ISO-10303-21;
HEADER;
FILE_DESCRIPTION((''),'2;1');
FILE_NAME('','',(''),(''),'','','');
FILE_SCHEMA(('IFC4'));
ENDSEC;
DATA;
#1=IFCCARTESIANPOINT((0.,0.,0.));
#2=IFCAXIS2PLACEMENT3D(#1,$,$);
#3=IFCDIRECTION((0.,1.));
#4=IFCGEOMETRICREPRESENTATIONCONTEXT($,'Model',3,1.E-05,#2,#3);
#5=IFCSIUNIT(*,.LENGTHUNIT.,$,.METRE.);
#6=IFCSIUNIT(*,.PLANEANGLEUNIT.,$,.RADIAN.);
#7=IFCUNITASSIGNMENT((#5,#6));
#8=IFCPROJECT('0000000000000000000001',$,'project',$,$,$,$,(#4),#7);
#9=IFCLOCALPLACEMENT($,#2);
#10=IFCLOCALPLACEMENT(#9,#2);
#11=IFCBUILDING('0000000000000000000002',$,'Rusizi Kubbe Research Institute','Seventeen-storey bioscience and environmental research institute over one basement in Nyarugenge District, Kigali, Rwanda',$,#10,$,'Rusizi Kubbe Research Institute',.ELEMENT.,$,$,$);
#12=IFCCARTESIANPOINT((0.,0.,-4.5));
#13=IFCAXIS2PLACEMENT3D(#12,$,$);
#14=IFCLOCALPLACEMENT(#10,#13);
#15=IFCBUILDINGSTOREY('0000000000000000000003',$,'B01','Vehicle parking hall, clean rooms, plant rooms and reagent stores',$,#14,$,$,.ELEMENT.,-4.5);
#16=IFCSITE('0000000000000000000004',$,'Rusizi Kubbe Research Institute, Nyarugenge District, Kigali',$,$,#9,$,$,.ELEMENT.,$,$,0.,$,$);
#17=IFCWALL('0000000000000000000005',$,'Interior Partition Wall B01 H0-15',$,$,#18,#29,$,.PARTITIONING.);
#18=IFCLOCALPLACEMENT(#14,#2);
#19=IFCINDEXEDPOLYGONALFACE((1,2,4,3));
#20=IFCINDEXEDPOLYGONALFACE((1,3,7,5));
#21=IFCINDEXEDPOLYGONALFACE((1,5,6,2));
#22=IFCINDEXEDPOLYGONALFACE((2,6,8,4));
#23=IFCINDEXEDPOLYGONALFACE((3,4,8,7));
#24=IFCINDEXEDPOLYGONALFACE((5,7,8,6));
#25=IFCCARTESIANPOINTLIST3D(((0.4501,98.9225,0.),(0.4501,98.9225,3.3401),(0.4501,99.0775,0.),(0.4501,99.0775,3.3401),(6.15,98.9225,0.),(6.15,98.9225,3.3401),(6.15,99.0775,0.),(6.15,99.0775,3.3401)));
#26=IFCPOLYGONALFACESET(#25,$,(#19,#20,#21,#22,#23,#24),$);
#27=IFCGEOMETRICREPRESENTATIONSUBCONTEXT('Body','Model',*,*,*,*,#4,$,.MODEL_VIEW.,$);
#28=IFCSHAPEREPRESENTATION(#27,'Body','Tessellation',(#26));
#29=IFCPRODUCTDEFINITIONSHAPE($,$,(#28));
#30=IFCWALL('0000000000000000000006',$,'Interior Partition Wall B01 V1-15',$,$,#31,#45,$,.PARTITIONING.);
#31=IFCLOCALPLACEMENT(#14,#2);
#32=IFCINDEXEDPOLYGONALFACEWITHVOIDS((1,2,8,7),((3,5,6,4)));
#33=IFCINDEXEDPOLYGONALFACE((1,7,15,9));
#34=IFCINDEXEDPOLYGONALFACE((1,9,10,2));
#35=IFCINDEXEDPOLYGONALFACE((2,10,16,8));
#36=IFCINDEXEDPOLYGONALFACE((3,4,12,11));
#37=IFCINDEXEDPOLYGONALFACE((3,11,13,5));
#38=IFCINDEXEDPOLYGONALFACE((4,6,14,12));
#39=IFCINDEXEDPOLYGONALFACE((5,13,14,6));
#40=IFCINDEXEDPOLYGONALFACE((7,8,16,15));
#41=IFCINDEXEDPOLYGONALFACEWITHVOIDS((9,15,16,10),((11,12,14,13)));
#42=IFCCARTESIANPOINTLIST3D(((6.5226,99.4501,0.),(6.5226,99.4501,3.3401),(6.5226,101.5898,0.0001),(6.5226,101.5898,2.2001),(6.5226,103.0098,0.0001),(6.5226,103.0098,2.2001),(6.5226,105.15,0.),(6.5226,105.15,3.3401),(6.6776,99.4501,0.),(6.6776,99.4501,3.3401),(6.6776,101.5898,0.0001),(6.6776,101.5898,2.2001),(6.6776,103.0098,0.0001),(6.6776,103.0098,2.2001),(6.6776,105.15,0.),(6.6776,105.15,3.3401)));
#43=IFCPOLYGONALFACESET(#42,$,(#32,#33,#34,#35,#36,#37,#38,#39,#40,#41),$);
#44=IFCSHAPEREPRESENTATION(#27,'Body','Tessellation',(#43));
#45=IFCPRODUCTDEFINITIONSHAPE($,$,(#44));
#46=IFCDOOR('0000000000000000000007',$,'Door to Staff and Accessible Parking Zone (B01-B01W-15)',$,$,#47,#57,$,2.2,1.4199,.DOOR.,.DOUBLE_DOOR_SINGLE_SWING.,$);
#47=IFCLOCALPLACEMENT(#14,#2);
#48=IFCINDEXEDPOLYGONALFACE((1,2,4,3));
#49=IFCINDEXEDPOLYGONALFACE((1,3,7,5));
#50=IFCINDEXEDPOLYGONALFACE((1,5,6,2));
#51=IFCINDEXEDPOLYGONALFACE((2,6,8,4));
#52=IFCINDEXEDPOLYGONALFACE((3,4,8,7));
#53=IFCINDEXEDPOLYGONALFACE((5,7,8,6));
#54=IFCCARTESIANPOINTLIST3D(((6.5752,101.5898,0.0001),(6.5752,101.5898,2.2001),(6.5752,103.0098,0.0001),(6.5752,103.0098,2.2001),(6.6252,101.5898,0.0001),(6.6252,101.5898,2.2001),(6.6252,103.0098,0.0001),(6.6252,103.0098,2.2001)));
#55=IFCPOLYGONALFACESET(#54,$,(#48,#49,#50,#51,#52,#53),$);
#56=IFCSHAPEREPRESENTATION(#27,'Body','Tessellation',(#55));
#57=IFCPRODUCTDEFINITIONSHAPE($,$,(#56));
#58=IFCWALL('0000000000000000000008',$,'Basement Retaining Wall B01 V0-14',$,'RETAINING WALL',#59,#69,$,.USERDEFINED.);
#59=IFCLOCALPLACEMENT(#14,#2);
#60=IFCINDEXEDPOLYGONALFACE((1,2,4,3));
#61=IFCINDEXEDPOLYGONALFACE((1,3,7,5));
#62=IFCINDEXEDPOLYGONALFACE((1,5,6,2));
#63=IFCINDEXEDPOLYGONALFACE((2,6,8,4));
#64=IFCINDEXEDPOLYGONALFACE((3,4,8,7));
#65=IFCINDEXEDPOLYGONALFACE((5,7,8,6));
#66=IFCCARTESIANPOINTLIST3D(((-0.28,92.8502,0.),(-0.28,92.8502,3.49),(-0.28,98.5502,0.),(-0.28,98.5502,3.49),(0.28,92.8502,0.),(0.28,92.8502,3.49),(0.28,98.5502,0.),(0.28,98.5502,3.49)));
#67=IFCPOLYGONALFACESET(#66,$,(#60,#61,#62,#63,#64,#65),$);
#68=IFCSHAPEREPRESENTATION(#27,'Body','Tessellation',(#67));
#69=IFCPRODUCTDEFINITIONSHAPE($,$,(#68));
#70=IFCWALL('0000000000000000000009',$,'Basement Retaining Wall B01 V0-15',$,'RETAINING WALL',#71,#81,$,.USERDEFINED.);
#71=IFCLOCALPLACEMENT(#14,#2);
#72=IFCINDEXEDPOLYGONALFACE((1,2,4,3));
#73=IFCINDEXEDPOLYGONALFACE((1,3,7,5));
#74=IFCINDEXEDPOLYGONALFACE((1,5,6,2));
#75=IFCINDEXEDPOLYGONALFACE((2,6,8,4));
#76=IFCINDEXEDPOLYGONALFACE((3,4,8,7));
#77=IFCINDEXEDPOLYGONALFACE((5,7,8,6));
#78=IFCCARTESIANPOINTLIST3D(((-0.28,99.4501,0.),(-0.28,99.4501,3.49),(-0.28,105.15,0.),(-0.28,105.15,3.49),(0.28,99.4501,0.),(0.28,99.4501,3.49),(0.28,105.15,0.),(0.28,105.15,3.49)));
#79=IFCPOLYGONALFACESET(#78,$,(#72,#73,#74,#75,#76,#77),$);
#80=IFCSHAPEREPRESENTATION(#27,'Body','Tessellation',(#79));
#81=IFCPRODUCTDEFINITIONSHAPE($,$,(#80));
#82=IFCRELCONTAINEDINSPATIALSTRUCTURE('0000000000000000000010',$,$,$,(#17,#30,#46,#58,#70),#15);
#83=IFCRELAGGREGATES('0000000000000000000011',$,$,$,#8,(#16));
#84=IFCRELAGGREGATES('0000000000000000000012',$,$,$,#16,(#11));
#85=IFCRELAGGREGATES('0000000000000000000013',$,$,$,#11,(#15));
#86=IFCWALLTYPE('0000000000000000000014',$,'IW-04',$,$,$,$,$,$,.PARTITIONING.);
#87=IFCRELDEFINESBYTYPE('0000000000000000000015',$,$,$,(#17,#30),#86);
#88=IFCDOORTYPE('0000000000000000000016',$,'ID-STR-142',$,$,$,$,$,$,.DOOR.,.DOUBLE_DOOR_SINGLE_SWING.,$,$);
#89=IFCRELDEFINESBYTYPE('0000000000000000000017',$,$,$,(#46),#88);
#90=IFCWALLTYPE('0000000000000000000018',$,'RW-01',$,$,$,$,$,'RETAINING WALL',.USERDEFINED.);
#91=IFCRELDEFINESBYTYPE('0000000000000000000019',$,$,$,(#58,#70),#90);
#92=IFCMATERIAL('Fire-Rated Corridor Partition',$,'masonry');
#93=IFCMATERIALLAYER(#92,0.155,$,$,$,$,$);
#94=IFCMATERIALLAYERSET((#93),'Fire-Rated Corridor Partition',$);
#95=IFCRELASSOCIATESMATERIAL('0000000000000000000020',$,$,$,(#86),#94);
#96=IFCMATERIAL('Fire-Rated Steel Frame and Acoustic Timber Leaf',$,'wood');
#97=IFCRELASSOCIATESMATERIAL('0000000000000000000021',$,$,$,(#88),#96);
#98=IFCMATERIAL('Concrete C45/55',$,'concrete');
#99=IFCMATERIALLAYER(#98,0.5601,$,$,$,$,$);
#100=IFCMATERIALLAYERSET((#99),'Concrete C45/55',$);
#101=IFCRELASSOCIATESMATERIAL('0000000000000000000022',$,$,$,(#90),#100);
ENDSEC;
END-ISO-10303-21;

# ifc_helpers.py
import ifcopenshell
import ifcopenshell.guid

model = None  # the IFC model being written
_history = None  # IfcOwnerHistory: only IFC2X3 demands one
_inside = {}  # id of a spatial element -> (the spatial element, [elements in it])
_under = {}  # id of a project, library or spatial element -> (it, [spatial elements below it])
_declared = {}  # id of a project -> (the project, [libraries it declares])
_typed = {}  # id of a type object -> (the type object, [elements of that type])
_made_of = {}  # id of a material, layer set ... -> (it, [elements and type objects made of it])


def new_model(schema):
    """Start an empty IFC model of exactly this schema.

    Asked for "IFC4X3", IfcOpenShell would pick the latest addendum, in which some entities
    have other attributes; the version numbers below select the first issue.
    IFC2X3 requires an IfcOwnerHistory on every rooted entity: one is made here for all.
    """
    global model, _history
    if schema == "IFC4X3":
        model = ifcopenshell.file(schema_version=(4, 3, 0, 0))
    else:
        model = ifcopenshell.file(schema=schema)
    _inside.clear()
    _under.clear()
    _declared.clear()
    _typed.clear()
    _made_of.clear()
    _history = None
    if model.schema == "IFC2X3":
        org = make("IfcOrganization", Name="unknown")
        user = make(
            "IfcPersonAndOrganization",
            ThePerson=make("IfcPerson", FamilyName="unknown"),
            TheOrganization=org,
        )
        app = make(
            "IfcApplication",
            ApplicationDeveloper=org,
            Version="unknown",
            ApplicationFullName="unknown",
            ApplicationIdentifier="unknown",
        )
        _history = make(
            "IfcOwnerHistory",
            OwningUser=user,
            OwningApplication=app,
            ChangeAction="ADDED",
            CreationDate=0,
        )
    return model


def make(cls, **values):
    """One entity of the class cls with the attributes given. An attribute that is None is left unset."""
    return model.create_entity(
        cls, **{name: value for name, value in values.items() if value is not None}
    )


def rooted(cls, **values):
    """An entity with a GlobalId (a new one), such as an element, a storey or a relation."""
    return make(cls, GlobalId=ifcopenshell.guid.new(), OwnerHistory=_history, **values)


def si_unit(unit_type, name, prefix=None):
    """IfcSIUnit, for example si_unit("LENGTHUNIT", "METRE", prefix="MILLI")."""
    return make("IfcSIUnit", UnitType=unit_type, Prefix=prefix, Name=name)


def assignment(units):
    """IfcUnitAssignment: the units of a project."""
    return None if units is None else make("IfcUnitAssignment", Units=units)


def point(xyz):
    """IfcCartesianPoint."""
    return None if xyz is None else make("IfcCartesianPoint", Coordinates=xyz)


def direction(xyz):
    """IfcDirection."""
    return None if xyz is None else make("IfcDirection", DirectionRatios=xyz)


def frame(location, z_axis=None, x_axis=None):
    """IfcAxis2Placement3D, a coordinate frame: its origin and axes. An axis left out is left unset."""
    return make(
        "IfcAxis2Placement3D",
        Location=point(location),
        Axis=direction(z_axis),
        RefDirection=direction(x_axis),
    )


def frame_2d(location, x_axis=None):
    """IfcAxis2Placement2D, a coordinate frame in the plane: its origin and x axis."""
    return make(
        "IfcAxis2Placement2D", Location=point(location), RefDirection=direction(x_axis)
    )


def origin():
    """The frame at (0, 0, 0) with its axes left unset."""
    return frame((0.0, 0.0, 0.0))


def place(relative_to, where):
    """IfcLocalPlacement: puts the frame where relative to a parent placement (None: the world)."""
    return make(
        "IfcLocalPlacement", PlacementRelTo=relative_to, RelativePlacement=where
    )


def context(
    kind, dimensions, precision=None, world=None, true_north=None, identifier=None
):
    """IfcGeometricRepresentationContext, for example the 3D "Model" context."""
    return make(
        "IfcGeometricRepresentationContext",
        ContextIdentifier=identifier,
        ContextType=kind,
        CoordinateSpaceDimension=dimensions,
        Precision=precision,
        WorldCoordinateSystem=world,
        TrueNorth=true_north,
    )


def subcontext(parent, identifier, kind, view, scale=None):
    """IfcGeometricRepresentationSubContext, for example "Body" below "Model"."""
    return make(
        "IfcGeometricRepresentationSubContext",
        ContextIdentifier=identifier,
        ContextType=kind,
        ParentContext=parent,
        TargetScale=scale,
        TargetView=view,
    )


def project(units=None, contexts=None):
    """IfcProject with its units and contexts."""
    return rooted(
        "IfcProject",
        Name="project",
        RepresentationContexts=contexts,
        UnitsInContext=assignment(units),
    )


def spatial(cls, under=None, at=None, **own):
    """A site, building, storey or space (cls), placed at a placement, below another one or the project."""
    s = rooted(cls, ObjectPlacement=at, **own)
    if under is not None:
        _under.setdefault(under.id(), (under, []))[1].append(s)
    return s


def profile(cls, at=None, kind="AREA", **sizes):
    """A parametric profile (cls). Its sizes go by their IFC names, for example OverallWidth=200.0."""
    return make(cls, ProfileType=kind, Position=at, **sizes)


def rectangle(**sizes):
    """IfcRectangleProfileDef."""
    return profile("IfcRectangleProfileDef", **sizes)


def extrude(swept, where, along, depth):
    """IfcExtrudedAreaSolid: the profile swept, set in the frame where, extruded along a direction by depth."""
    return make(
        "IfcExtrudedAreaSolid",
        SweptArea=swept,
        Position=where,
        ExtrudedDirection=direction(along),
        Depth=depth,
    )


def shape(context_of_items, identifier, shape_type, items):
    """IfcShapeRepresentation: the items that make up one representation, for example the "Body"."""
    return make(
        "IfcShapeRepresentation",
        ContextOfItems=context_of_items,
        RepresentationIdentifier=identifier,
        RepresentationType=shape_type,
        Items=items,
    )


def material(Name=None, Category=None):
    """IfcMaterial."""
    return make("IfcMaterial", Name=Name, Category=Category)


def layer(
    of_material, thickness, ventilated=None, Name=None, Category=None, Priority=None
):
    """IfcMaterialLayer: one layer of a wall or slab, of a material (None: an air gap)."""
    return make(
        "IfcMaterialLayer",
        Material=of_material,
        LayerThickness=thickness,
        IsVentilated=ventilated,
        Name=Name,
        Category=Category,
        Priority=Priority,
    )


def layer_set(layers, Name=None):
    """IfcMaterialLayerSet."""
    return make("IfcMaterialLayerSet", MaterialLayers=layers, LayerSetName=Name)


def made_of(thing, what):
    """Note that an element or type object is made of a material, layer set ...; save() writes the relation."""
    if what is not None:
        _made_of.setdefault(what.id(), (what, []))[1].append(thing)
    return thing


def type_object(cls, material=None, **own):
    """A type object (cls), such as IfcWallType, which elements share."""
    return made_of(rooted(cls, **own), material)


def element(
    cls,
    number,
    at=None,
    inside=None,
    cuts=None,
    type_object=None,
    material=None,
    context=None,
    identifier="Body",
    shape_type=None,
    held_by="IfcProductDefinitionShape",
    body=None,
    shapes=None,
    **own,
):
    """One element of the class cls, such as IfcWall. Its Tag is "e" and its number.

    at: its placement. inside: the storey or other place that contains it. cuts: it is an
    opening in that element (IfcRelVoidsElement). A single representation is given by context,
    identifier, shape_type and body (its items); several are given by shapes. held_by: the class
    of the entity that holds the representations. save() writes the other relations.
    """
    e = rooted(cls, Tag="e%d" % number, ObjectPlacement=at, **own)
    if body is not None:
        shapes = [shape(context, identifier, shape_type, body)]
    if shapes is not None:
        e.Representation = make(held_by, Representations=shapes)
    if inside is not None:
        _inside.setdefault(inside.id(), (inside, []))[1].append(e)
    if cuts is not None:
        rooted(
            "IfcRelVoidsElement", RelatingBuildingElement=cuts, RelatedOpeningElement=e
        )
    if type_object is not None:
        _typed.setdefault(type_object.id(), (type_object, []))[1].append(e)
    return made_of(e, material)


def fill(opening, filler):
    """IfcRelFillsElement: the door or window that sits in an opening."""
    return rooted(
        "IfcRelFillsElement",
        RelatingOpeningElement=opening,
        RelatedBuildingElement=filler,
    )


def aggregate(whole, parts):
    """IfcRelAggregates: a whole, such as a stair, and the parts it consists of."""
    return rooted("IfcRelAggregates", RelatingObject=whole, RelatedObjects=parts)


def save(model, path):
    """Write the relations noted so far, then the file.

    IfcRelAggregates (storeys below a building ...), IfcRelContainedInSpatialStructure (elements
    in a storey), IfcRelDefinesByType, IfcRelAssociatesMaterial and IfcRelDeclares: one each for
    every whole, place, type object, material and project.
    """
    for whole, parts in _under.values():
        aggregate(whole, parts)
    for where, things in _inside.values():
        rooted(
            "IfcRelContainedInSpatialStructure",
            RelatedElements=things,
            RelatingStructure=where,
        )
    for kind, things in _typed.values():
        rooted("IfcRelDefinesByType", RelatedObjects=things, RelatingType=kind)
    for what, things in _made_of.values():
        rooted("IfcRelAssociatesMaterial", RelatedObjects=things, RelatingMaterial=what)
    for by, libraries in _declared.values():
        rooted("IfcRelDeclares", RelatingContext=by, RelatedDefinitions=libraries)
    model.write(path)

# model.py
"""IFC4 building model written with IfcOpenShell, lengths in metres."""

from ifc_helpers import new_model, si_unit, direction, frame, frame_2d, origin, place, context, subcontext, project, spatial, rectangle, extrude, material, layer, layer_set, type_object, element, fill, save


model = new_model("IFC4")

# Units and contexts
model_context = context("Model", 3, precision=1e-05, world=origin(), true_north=direction((0.0, 1.0)))
body_context = subcontext(model_context, "Body", "Model", "MODEL_VIEW")
ifc_project = project(units=[si_unit("LENGTHUNIT", "METRE"), si_unit("PLANEANGLEUNIT", "RADIAN")], contexts=[model_context])

# Site, building, storey
site_placement = place(None, origin())
site = spatial("IfcSite", under=ifc_project, at=site_placement, Name="Rusizi Kubbe Research Institute, Nyarugenge District, Kigali", CompositionType="ELEMENT", RefElevation=0.0)
building_placement = place(site_placement, origin())
building = spatial("IfcBuilding", under=site, at=building_placement, Name="Rusizi Kubbe Research Institute", Description="Seventeen-storey bioscience and environmental research institute over one basement in Nyarugenge District, Kigali, Rwanda", LongName="Rusizi Kubbe Research Institute", CompositionType="ELEMENT")
storey_placement = place(building_placement, frame((0.0, 0.0, -4.5)))
storey = spatial("IfcBuildingStorey", under=building, at=storey_placement, Name="B01", Description="Vehicle parking hall, clean rooms, plant rooms and reagent stores", CompositionType="ELEMENT", Elevation=-4.5)

# Wall
ifc_material_1 = material(Name="Fire-Rated Corridor Partition", Category="masonry")
ifc_layer_1 = layer(ifc_material_1, 0.155)
ifc_layer_set_1 = layer_set([ifc_layer_1], Name="Fire-Rated Corridor Partition")
wall_type_1 = type_object("IfcWallType", Name="IW-04", PredefinedType="PARTITIONING", material=ifc_layer_set_1)
wall_1_placement = place(storey_placement, frame((0.45, 99.0, 0.0), z_axis=(0.0, 0.0, 1.0), x_axis=(1.0, 0.0, 0.0)))
element("IfcWall", 1, at=wall_1_placement, inside=storey, type_object=wall_type_1, Name="Interior Partition Wall B01 H0-15", PredefinedType="PARTITIONING", context=body_context, shape_type="SweptSolid", body=[
    extrude(rectangle(XDim=5.7, YDim=0.155, at=frame_2d((2.8501, 0.0))), origin(), (0.0, 0.0, 1.0), 3.3401),
])

# Wall, opening, door
wall_2_placement = place(storey_placement, frame((6.6001, 99.45, 0.0), z_axis=(0.0, 0.0, 1.0), x_axis=(0.0, 1.0, 0.0)))
wall_2 = element("IfcWall", 2, at=wall_2_placement, inside=storey, type_object=wall_type_1, Name="Interior Partition Wall B01 V1-15", PredefinedType="PARTITIONING", context=body_context, shape_type="SweptSolid", body=[
    extrude(rectangle(XDim=5.7, YDim=0.155, at=frame_2d((2.8501, 0.0))), origin(), (0.0, 0.0, 1.0), 3.3401),
])
opening_1_placement = place(wall_2_placement, frame((2.1399, 0.0, 0.0)))
opening_1 = element("IfcOpeningElement", 3, at=opening_1_placement, cuts=wall_2, PredefinedType="OPENING", context=body_context, shape_type="SweptSolid", body=[
    extrude(rectangle(XDim=1.4199, YDim=2.2, at=frame_2d((0.71, 1.1001))), frame((0.0, 0.0874, 0.0), z_axis=(0.0, -1.0, 0.0), x_axis=(1.0, 0.0, 0.0)), (0.0, 0.0, 1.0), 0.175),
])
ifc_material_2 = material(Name="Fire-Rated Steel Frame and Acoustic Timber Leaf", Category="wood")
door_type_1 = type_object("IfcDoorType", Name="ID-STR-142", OperationType="DOUBLE_DOOR_SINGLE_SWING", PredefinedType="DOOR", material=ifc_material_2)
door_1_placement = place(opening_1_placement, origin())
door_1 = element("IfcDoor", 4, at=door_1_placement, inside=storey, type_object=door_type_1, Name="Door to Staff and Accessible Parking Zone (B01-B01W-15)", OperationType="DOUBLE_DOOR_SINGLE_SWING", OverallHeight=2.2, OverallWidth=1.4199, PredefinedType="DOOR", context=body_context, shape_type="SweptSolid", body=[
    extrude(rectangle(XDim=1.4199, YDim=2.2, at=frame_2d((0.71, 1.1001))), frame((0.0, 0.0249, 0.0), z_axis=(0.0, -1.0, 0.0), x_axis=(1.0, 0.0, 0.0)), (0.0, 0.0, 1.0), 0.05),
])
fill(opening_1, door_1)

# Walls
ifc_material_3 = material(Name="Concrete C45/55", Category="concrete")
ifc_layer_2 = layer(ifc_material_3, 0.5601)
ifc_layer_set_2 = layer_set([ifc_layer_2], Name="Concrete C45/55")
wall_type_2 = type_object("IfcWallType", Name="RW-01", ElementType="RETAINING WALL", PredefinedType="USERDEFINED", material=ifc_layer_set_2)
for number, where, z_axis, x_axis, name in (
    (5, (0.0, 92.8501, 0.0), (0.0, 0.0, 1.0), (0.0, 1.0, 0.0), "Basement Retaining Wall B01 V0-14"),
    (6, (0.0, 99.45, 0.0), (0.0, 0.0, 1.0), (0.0, 1.0, 0.0), "Basement Retaining Wall B01 V0-15"),
):
    element("IfcWall", number, at=place(storey_placement, frame(where, z_axis=z_axis, x_axis=x_axis)), inside=storey, type_object=wall_type_2, Name=name, ObjectType="RETAINING WALL", PredefinedType="USERDEFINED", context=body_context, shape_type="SweptSolid", body=[
        extrude(rectangle(XDim=5.7, YDim=0.5601, at=frame_2d((2.8501, 0.0))), origin(), (0.0, 0.0, 1.0), 3.49),
    ])

save(model, "model.ifc")
